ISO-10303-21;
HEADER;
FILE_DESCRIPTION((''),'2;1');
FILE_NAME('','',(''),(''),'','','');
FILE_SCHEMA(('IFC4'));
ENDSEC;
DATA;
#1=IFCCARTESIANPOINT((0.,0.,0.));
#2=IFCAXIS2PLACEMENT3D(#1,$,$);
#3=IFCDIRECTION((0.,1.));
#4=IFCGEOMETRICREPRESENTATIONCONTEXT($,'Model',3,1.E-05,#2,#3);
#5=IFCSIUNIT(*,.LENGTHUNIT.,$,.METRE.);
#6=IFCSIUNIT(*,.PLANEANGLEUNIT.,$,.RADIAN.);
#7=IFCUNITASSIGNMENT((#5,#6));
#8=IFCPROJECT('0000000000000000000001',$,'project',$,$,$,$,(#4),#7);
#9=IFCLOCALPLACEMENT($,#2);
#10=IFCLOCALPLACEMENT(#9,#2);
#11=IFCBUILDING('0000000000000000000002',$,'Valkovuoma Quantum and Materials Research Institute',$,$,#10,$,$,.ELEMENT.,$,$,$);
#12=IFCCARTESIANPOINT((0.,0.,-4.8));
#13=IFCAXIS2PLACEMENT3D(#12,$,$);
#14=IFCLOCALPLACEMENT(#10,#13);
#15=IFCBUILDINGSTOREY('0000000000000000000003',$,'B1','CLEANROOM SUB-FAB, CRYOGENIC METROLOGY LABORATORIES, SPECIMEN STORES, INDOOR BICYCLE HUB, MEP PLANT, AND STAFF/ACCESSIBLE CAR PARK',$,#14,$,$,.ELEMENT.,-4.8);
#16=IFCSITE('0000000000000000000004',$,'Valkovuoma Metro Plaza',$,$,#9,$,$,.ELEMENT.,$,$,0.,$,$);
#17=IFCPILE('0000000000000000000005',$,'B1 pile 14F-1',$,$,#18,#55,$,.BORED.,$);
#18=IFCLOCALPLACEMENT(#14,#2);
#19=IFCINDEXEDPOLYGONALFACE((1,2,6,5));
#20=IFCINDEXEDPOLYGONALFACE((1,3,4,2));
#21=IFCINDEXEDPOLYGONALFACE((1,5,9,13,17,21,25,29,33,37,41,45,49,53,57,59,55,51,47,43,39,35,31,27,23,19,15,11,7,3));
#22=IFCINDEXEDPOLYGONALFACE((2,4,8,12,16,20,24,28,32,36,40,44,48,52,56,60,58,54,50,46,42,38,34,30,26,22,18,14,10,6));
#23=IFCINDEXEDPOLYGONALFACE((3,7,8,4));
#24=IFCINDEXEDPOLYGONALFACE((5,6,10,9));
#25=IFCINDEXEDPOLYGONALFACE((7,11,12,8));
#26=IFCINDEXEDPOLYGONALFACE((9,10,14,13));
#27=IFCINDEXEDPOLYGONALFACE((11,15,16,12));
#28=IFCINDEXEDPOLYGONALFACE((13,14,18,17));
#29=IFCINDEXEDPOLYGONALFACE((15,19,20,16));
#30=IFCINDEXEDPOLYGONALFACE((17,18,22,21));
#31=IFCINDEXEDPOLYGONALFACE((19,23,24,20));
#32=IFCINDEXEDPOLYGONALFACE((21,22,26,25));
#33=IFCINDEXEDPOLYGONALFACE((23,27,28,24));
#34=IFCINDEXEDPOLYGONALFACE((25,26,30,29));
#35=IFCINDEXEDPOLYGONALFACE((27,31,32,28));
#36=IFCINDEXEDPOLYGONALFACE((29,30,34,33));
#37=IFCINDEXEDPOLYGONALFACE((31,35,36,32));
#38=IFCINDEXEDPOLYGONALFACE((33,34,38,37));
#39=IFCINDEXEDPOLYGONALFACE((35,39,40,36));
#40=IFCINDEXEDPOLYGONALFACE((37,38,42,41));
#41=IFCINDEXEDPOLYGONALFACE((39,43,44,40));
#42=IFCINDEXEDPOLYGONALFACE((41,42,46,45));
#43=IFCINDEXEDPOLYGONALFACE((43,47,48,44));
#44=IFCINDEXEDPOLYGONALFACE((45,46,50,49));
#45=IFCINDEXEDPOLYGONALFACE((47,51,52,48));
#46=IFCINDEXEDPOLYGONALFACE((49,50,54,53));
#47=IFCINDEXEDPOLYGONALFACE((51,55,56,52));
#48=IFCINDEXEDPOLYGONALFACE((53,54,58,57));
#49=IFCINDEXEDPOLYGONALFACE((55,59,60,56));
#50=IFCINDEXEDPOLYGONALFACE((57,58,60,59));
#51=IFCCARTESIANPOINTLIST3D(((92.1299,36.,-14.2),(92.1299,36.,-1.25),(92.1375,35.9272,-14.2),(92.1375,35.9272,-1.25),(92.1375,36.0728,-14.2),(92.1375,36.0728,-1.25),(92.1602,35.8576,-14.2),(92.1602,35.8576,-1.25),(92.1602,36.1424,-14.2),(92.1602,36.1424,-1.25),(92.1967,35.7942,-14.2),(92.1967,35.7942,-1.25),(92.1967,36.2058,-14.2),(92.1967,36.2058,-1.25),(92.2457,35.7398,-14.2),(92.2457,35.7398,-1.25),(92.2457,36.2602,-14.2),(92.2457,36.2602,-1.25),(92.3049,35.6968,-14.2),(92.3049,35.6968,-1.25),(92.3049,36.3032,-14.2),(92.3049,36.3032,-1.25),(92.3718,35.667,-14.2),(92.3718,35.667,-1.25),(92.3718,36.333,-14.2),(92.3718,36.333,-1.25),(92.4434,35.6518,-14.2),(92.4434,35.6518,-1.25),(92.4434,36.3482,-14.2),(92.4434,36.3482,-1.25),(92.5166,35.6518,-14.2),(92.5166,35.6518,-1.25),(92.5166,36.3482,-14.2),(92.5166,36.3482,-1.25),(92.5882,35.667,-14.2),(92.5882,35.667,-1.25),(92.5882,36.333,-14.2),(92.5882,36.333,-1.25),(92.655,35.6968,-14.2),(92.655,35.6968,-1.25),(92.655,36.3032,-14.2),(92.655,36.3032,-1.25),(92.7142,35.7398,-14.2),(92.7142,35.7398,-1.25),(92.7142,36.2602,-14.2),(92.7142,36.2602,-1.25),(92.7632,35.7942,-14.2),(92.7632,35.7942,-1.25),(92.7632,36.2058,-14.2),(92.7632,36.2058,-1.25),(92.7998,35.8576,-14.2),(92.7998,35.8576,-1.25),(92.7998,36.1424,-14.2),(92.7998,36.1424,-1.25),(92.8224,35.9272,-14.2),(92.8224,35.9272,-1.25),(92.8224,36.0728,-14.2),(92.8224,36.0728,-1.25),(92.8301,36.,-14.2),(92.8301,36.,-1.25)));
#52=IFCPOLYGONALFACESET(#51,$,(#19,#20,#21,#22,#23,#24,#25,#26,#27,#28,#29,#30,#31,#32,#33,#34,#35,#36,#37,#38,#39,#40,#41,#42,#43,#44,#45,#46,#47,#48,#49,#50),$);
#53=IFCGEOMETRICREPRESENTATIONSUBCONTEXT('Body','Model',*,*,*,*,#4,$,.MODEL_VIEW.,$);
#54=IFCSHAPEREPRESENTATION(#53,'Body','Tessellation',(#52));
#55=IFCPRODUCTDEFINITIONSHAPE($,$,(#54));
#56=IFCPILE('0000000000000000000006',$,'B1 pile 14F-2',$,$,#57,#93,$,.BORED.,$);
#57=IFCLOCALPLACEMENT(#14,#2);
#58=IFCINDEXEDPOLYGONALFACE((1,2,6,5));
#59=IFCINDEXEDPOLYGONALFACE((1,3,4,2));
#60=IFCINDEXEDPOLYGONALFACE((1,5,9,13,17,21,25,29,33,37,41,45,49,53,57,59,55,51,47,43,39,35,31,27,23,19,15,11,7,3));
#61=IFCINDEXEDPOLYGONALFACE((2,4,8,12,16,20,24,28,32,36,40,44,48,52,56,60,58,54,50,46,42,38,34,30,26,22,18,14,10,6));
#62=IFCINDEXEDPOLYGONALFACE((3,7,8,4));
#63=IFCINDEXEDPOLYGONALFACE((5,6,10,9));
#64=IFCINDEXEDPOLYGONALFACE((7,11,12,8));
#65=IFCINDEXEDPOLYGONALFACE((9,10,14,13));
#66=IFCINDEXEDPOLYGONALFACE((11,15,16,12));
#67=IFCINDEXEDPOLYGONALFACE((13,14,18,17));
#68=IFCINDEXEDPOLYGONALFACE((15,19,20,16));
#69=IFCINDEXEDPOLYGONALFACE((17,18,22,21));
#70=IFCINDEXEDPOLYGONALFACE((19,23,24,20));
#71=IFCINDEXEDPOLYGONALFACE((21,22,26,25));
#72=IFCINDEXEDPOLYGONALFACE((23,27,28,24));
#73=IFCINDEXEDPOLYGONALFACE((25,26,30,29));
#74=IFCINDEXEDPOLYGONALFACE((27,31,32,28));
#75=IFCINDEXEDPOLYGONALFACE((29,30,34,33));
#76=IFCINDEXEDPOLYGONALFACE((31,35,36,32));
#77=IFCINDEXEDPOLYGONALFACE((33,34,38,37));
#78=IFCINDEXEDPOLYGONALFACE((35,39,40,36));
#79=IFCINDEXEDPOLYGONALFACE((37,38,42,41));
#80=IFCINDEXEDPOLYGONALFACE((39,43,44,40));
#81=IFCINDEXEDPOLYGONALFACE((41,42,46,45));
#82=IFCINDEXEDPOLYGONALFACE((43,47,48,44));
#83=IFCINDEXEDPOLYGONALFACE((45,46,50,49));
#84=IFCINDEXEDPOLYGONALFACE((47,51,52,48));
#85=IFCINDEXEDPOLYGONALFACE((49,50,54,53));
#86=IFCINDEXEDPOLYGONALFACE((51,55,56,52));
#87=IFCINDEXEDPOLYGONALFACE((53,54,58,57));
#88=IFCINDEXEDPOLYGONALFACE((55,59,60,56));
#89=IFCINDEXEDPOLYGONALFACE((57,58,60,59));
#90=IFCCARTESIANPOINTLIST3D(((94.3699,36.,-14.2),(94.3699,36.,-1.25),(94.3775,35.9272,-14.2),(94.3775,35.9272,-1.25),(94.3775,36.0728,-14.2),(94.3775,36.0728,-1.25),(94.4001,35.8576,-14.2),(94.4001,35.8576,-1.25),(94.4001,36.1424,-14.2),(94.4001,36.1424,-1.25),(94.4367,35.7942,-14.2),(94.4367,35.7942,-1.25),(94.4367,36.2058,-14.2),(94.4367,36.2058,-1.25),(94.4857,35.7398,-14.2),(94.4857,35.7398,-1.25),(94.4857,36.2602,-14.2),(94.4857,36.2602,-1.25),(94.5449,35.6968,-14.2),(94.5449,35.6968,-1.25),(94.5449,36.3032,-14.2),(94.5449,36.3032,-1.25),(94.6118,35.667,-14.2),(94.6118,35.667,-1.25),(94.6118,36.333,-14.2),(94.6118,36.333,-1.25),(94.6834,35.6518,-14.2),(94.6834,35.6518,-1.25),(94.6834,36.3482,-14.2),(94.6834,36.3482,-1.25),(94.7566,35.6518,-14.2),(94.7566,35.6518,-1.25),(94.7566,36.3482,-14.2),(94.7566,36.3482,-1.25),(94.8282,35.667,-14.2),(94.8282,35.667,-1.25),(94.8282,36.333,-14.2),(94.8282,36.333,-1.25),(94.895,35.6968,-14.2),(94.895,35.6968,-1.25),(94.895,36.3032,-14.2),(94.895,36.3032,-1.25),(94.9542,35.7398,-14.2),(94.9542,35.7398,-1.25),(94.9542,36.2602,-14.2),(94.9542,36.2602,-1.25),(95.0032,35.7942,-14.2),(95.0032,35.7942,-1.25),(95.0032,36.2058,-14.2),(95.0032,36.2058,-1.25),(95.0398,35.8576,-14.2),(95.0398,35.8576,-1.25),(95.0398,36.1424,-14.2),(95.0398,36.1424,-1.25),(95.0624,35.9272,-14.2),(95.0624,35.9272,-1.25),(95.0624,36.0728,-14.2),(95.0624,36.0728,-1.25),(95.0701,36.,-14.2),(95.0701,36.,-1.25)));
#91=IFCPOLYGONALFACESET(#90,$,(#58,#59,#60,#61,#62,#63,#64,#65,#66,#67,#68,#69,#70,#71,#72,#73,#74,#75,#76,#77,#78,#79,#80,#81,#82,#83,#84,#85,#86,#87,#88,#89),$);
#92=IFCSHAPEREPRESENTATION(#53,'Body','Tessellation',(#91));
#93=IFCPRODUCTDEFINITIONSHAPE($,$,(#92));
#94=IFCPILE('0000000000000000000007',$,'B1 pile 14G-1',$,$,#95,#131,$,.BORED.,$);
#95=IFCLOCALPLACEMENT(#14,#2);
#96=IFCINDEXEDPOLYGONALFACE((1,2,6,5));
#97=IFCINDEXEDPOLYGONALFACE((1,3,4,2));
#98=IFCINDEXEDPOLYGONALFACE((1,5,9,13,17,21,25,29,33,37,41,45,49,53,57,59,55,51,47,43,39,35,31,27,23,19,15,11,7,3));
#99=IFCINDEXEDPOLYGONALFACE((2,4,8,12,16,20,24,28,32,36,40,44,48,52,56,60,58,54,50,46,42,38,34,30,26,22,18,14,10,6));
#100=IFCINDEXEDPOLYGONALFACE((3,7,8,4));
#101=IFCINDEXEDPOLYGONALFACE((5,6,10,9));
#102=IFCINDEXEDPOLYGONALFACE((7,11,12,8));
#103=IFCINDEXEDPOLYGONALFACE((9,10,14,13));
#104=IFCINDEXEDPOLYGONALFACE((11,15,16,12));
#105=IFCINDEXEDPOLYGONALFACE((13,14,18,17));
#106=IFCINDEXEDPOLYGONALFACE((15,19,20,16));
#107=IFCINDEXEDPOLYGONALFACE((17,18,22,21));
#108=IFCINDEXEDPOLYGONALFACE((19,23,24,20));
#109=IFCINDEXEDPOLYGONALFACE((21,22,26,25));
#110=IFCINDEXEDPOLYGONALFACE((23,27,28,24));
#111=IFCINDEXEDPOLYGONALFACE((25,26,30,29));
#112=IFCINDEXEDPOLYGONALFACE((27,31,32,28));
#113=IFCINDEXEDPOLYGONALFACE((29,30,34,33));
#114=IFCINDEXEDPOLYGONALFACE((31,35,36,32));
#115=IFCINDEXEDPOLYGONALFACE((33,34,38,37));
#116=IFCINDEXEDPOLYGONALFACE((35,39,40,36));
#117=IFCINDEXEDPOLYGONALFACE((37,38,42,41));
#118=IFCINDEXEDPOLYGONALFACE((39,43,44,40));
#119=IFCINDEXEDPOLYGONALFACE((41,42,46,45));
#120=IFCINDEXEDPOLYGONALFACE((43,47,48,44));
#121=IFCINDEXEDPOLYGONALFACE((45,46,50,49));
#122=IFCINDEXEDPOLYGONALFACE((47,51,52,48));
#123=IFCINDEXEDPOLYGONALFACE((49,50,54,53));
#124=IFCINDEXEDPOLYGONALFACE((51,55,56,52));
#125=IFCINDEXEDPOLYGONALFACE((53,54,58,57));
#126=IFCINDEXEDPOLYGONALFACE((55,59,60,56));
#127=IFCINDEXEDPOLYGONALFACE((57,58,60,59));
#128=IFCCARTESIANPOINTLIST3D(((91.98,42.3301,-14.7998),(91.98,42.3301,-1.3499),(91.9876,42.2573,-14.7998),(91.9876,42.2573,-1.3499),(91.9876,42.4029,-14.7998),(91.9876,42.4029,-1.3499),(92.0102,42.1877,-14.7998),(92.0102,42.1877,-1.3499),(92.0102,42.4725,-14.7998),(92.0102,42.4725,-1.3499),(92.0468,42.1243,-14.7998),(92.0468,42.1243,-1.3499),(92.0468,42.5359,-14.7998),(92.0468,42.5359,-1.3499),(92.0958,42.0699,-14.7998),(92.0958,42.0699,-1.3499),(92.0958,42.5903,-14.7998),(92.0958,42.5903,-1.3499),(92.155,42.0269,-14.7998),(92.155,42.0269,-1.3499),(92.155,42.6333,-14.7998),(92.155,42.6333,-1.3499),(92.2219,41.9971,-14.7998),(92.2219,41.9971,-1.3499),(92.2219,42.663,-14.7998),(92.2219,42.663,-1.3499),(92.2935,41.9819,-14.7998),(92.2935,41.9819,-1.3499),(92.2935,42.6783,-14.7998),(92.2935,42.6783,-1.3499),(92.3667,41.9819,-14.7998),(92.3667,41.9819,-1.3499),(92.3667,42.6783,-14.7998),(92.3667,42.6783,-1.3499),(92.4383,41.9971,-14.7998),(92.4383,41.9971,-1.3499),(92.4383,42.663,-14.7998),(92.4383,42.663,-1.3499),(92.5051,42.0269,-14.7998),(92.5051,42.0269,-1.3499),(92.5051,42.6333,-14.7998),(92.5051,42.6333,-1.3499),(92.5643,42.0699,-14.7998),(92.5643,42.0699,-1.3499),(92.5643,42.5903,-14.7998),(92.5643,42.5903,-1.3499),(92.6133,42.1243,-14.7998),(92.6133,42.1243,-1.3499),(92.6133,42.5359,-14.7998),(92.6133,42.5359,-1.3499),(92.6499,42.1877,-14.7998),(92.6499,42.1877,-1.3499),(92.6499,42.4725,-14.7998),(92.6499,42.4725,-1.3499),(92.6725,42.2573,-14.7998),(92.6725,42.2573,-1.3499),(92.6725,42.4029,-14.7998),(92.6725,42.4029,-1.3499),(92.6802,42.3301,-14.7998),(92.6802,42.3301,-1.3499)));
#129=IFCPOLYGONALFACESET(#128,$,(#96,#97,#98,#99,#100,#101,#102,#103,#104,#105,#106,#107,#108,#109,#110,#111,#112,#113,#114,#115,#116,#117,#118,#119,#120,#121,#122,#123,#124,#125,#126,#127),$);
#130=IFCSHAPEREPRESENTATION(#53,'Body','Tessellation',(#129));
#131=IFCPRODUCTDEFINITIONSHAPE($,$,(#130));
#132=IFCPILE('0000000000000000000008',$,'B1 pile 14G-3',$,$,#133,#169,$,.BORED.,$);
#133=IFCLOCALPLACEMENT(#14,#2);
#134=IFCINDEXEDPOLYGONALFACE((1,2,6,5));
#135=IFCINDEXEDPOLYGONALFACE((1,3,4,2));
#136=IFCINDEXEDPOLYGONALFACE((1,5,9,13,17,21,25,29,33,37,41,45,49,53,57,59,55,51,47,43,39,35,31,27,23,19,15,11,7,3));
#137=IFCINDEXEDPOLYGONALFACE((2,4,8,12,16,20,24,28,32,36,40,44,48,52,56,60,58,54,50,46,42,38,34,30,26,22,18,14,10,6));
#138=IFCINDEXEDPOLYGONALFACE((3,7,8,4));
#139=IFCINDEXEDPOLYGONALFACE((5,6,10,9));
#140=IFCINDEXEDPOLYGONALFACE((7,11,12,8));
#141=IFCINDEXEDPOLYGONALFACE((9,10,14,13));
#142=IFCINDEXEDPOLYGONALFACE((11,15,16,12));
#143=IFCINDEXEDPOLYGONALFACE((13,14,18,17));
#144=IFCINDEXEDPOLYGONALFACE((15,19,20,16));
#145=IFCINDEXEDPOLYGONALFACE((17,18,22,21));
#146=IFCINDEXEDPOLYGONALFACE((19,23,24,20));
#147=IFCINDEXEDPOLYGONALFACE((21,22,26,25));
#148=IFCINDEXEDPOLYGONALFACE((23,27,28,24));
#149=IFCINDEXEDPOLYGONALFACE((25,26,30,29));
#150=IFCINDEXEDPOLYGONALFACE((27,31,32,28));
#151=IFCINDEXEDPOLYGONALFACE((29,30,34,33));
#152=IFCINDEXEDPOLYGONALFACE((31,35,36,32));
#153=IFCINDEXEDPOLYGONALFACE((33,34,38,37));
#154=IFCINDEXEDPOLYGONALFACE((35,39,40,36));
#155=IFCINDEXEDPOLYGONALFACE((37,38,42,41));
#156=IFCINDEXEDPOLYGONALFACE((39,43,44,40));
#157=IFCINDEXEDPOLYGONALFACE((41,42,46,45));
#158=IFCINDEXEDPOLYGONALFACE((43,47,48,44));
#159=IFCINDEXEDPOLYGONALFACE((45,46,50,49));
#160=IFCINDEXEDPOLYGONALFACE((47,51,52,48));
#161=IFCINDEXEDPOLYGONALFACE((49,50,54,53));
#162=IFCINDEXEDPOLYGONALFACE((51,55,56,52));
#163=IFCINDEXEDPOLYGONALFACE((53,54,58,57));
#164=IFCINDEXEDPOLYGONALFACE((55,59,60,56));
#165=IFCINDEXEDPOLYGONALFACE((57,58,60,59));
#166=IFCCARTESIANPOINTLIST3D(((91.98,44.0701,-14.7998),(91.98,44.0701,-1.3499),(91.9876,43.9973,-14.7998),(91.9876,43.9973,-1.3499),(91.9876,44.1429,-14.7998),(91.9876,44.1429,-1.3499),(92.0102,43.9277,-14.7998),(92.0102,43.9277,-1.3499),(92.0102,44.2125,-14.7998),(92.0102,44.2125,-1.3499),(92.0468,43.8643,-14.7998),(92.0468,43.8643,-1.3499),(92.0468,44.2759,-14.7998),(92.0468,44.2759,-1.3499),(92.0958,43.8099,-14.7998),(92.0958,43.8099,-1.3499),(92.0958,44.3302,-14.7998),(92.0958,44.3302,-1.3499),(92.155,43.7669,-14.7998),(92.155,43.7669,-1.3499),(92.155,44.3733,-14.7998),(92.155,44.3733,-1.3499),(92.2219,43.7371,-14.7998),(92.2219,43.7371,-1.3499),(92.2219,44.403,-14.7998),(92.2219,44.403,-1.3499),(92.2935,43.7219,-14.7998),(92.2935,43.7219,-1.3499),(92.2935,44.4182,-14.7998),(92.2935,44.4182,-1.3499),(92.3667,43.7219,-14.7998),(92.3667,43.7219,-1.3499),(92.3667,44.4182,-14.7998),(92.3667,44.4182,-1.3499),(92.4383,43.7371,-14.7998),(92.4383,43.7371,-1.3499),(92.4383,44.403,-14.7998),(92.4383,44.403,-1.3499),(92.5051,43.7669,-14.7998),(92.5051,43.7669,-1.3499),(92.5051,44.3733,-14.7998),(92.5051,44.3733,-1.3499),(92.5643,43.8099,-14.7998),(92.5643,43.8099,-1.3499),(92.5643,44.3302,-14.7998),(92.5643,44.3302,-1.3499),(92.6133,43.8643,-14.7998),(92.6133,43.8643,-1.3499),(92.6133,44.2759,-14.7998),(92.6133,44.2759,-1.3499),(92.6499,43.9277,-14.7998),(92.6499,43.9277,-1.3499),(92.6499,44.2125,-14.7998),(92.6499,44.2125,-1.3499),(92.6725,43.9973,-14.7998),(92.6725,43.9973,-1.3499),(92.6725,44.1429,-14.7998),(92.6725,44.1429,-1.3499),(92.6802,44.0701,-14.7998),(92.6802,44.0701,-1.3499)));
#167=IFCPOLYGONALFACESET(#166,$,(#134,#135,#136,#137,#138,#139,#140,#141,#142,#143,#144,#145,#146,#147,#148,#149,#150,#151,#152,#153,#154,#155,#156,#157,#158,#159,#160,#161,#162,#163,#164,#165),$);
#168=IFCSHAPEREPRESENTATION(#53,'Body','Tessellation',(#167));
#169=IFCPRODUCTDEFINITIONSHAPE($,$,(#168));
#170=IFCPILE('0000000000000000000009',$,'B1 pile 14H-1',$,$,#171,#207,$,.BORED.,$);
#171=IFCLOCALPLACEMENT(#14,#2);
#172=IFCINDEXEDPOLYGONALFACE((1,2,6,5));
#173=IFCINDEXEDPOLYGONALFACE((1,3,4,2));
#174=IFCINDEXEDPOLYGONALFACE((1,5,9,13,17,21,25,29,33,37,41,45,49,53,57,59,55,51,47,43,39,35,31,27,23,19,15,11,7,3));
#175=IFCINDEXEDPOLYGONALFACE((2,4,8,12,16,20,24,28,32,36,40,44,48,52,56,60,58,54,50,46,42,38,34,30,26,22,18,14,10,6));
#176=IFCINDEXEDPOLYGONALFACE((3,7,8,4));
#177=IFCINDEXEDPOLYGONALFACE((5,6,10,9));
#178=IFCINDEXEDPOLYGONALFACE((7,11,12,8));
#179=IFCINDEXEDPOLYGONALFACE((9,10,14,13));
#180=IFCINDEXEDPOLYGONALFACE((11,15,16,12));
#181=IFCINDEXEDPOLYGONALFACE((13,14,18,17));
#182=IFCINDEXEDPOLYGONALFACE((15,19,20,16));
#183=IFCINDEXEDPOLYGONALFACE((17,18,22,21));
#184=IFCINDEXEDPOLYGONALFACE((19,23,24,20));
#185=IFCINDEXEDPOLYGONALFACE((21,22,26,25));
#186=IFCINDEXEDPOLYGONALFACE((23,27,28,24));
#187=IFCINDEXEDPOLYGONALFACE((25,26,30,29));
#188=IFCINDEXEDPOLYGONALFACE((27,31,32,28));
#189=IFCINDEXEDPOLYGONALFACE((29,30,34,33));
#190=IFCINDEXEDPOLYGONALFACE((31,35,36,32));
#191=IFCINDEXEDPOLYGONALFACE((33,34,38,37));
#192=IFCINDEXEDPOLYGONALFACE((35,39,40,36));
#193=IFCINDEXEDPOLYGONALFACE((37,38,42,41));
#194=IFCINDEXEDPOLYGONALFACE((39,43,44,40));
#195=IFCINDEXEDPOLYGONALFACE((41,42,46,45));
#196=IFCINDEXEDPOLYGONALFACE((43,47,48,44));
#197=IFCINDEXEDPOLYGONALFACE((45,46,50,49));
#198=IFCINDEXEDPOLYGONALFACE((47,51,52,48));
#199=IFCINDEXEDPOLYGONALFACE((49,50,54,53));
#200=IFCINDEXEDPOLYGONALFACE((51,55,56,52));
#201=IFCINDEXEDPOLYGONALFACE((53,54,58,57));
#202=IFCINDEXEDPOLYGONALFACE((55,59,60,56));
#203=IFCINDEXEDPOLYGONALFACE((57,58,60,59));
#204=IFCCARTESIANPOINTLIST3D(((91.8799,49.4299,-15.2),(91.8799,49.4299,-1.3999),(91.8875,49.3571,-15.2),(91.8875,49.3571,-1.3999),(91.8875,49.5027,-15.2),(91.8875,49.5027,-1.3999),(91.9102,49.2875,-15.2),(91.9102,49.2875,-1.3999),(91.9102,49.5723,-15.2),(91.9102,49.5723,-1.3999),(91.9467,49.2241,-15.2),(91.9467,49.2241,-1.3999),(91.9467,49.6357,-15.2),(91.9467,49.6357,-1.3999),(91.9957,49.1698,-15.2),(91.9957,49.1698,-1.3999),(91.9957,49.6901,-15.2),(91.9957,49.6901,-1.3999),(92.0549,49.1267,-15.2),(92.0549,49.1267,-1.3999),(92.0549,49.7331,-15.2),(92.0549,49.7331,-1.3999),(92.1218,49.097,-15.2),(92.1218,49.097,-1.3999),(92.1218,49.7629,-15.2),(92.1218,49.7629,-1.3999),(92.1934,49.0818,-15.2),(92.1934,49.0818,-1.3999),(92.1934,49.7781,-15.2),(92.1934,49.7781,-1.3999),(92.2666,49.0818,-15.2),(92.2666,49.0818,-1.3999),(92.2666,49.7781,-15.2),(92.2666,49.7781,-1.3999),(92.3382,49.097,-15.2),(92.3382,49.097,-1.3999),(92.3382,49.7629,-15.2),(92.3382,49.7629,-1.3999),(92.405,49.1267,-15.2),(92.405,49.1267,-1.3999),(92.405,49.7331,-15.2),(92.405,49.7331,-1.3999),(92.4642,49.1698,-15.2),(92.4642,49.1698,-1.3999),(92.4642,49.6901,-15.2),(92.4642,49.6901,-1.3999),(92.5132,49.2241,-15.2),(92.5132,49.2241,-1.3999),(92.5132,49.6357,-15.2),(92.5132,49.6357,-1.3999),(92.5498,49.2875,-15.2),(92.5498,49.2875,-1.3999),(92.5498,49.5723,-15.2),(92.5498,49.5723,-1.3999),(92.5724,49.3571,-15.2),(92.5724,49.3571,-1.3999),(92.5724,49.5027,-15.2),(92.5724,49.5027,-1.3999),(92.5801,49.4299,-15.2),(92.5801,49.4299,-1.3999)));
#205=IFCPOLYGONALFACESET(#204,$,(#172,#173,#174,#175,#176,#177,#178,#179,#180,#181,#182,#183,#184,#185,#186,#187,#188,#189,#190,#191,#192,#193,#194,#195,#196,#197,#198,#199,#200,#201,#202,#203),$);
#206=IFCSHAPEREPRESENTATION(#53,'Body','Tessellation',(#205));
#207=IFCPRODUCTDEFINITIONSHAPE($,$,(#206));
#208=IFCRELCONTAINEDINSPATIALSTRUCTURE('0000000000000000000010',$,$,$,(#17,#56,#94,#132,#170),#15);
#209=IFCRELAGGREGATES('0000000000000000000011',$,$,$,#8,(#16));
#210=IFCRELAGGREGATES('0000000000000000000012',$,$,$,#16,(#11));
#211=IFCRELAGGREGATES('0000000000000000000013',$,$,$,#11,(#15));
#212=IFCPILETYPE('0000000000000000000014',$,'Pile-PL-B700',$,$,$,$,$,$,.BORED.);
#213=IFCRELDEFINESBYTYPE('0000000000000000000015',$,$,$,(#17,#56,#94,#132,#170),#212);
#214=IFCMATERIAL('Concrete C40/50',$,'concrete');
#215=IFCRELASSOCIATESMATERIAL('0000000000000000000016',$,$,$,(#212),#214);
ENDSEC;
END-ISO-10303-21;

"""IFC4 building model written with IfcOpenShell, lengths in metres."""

from ifc_helpers import new_model, si_unit, direction, frame, origin, origin_2d, place, context, subcontext, project, spatial, circle, extrude, material, material_profile, profile_set, type_object, element, save


model = new_model("IFC4")

# Units and contexts
model_context = context("Model", 3, precision=1e-05, world=origin(), true_north=direction((0.0, 1.0)))
body_context = subcontext(model_context, "Body", "Model", "MODEL_VIEW")
ifc_project = project(units=[si_unit("LENGTHUNIT", "METRE"), si_unit("PLANEANGLEUNIT", "RADIAN")], contexts=[model_context])

# Site, building, storey
site_placement = place(None, origin())
site = spatial("IfcSite", under=ifc_project, at=site_placement, Name="Valkovuoma Metro Plaza", CompositionType="ELEMENT", RefElevation=0.0)
building_placement = place(site_placement, origin())
building = spatial("IfcBuilding", under=site, at=building_placement, Name="Valkovuoma Quantum and Materials Research Institute", CompositionType="ELEMENT")
storey_placement = place(building_placement, frame((0.0, 0.0, -4.8)))
storey = spatial("IfcBuildingStorey", under=building, at=storey_placement, Name="B1", Description="CLEANROOM SUB-FAB, CRYOGENIC METROLOGY LABORATORIES, SPECIMEN STORES, INDOOR BICYCLE HUB, MEP PLANT, AND STAFF/ACCESSIBLE CAR PARK", CompositionType="ELEMENT", Elevation=-4.8)

# Piles
ifc_material_1 = material(Name="Concrete C40/50", Category="concrete")
ifc_material_profile_1 = material_profile(ifc_material_1, circle(Radius=0.3501, at=origin_2d()), Name="Concrete C40/50")
ifc_profile_set_1 = profile_set([ifc_material_profile_1], Name="Concrete C40/50")
pile_type_1 = type_object("IfcPileType", Name="Pile-PL-B700", PredefinedType="BORED", material=ifc_profile_set_1)
for number, where, z_axis, x_axis, name in (
    (1, (92.48, 36.0, -1.25), (0.0, 0.0, -1.0), (1.0, 0.0, 0.0), "B1 pile 14F-1"),
    (2, (94.72, 36.0, -1.25), (0.0, 0.0, -1.0), (1.0, 0.0, 0.0), "B1 pile 14F-2"),
):
    element("IfcPile", number, at=place(storey_placement, frame(where, z_axis=z_axis, x_axis=x_axis)), inside=storey, type_object=pile_type_1, Name=name, PredefinedType="BORED", context=body_context, shape_type="SweptSolid", body=[
        extrude(circle(Radius=0.3501, at=origin_2d()), origin(), (0.0, 0.0, 1.0), 12.95),
    ])
for number, where, z_axis, x_axis, name in (
    (3, (92.3301, 42.3301, -1.3499), (0.0, 0.0, -1.0), (1.0, 0.0, 0.0), "B1 pile 14G-1"),
    (4, (92.3301, 44.0701, -1.3499), (0.0, 0.0, -1.0), (1.0, 0.0, 0.0), "B1 pile 14G-3"),
):
    element("IfcPile", number, at=place(storey_placement, frame(where, z_axis=z_axis, x_axis=x_axis)), inside=storey, type_object=pile_type_1, Name=name, PredefinedType="BORED", context=body_context, shape_type="SweptSolid", body=[
        extrude(circle(Radius=0.3501, at=origin_2d()), origin(), (0.0, 0.0, 1.0), 13.45),
    ])
pile_1_placement = place(storey_placement, frame((92.23, 49.4299, -1.3999), z_axis=(0.0, 0.0, -1.0), x_axis=(1.0, 0.0, 0.0)))
element("IfcPile", 5, at=pile_1_placement, inside=storey, type_object=pile_type_1, Name="B1 pile 14H-1", PredefinedType="BORED", context=body_context, shape_type="SweptSolid", body=[
    extrude(circle(Radius=0.3501, at=origin_2d()), origin(), (0.0, 0.0, 1.0), 13.8),
])

save(model, "model.ifc")
